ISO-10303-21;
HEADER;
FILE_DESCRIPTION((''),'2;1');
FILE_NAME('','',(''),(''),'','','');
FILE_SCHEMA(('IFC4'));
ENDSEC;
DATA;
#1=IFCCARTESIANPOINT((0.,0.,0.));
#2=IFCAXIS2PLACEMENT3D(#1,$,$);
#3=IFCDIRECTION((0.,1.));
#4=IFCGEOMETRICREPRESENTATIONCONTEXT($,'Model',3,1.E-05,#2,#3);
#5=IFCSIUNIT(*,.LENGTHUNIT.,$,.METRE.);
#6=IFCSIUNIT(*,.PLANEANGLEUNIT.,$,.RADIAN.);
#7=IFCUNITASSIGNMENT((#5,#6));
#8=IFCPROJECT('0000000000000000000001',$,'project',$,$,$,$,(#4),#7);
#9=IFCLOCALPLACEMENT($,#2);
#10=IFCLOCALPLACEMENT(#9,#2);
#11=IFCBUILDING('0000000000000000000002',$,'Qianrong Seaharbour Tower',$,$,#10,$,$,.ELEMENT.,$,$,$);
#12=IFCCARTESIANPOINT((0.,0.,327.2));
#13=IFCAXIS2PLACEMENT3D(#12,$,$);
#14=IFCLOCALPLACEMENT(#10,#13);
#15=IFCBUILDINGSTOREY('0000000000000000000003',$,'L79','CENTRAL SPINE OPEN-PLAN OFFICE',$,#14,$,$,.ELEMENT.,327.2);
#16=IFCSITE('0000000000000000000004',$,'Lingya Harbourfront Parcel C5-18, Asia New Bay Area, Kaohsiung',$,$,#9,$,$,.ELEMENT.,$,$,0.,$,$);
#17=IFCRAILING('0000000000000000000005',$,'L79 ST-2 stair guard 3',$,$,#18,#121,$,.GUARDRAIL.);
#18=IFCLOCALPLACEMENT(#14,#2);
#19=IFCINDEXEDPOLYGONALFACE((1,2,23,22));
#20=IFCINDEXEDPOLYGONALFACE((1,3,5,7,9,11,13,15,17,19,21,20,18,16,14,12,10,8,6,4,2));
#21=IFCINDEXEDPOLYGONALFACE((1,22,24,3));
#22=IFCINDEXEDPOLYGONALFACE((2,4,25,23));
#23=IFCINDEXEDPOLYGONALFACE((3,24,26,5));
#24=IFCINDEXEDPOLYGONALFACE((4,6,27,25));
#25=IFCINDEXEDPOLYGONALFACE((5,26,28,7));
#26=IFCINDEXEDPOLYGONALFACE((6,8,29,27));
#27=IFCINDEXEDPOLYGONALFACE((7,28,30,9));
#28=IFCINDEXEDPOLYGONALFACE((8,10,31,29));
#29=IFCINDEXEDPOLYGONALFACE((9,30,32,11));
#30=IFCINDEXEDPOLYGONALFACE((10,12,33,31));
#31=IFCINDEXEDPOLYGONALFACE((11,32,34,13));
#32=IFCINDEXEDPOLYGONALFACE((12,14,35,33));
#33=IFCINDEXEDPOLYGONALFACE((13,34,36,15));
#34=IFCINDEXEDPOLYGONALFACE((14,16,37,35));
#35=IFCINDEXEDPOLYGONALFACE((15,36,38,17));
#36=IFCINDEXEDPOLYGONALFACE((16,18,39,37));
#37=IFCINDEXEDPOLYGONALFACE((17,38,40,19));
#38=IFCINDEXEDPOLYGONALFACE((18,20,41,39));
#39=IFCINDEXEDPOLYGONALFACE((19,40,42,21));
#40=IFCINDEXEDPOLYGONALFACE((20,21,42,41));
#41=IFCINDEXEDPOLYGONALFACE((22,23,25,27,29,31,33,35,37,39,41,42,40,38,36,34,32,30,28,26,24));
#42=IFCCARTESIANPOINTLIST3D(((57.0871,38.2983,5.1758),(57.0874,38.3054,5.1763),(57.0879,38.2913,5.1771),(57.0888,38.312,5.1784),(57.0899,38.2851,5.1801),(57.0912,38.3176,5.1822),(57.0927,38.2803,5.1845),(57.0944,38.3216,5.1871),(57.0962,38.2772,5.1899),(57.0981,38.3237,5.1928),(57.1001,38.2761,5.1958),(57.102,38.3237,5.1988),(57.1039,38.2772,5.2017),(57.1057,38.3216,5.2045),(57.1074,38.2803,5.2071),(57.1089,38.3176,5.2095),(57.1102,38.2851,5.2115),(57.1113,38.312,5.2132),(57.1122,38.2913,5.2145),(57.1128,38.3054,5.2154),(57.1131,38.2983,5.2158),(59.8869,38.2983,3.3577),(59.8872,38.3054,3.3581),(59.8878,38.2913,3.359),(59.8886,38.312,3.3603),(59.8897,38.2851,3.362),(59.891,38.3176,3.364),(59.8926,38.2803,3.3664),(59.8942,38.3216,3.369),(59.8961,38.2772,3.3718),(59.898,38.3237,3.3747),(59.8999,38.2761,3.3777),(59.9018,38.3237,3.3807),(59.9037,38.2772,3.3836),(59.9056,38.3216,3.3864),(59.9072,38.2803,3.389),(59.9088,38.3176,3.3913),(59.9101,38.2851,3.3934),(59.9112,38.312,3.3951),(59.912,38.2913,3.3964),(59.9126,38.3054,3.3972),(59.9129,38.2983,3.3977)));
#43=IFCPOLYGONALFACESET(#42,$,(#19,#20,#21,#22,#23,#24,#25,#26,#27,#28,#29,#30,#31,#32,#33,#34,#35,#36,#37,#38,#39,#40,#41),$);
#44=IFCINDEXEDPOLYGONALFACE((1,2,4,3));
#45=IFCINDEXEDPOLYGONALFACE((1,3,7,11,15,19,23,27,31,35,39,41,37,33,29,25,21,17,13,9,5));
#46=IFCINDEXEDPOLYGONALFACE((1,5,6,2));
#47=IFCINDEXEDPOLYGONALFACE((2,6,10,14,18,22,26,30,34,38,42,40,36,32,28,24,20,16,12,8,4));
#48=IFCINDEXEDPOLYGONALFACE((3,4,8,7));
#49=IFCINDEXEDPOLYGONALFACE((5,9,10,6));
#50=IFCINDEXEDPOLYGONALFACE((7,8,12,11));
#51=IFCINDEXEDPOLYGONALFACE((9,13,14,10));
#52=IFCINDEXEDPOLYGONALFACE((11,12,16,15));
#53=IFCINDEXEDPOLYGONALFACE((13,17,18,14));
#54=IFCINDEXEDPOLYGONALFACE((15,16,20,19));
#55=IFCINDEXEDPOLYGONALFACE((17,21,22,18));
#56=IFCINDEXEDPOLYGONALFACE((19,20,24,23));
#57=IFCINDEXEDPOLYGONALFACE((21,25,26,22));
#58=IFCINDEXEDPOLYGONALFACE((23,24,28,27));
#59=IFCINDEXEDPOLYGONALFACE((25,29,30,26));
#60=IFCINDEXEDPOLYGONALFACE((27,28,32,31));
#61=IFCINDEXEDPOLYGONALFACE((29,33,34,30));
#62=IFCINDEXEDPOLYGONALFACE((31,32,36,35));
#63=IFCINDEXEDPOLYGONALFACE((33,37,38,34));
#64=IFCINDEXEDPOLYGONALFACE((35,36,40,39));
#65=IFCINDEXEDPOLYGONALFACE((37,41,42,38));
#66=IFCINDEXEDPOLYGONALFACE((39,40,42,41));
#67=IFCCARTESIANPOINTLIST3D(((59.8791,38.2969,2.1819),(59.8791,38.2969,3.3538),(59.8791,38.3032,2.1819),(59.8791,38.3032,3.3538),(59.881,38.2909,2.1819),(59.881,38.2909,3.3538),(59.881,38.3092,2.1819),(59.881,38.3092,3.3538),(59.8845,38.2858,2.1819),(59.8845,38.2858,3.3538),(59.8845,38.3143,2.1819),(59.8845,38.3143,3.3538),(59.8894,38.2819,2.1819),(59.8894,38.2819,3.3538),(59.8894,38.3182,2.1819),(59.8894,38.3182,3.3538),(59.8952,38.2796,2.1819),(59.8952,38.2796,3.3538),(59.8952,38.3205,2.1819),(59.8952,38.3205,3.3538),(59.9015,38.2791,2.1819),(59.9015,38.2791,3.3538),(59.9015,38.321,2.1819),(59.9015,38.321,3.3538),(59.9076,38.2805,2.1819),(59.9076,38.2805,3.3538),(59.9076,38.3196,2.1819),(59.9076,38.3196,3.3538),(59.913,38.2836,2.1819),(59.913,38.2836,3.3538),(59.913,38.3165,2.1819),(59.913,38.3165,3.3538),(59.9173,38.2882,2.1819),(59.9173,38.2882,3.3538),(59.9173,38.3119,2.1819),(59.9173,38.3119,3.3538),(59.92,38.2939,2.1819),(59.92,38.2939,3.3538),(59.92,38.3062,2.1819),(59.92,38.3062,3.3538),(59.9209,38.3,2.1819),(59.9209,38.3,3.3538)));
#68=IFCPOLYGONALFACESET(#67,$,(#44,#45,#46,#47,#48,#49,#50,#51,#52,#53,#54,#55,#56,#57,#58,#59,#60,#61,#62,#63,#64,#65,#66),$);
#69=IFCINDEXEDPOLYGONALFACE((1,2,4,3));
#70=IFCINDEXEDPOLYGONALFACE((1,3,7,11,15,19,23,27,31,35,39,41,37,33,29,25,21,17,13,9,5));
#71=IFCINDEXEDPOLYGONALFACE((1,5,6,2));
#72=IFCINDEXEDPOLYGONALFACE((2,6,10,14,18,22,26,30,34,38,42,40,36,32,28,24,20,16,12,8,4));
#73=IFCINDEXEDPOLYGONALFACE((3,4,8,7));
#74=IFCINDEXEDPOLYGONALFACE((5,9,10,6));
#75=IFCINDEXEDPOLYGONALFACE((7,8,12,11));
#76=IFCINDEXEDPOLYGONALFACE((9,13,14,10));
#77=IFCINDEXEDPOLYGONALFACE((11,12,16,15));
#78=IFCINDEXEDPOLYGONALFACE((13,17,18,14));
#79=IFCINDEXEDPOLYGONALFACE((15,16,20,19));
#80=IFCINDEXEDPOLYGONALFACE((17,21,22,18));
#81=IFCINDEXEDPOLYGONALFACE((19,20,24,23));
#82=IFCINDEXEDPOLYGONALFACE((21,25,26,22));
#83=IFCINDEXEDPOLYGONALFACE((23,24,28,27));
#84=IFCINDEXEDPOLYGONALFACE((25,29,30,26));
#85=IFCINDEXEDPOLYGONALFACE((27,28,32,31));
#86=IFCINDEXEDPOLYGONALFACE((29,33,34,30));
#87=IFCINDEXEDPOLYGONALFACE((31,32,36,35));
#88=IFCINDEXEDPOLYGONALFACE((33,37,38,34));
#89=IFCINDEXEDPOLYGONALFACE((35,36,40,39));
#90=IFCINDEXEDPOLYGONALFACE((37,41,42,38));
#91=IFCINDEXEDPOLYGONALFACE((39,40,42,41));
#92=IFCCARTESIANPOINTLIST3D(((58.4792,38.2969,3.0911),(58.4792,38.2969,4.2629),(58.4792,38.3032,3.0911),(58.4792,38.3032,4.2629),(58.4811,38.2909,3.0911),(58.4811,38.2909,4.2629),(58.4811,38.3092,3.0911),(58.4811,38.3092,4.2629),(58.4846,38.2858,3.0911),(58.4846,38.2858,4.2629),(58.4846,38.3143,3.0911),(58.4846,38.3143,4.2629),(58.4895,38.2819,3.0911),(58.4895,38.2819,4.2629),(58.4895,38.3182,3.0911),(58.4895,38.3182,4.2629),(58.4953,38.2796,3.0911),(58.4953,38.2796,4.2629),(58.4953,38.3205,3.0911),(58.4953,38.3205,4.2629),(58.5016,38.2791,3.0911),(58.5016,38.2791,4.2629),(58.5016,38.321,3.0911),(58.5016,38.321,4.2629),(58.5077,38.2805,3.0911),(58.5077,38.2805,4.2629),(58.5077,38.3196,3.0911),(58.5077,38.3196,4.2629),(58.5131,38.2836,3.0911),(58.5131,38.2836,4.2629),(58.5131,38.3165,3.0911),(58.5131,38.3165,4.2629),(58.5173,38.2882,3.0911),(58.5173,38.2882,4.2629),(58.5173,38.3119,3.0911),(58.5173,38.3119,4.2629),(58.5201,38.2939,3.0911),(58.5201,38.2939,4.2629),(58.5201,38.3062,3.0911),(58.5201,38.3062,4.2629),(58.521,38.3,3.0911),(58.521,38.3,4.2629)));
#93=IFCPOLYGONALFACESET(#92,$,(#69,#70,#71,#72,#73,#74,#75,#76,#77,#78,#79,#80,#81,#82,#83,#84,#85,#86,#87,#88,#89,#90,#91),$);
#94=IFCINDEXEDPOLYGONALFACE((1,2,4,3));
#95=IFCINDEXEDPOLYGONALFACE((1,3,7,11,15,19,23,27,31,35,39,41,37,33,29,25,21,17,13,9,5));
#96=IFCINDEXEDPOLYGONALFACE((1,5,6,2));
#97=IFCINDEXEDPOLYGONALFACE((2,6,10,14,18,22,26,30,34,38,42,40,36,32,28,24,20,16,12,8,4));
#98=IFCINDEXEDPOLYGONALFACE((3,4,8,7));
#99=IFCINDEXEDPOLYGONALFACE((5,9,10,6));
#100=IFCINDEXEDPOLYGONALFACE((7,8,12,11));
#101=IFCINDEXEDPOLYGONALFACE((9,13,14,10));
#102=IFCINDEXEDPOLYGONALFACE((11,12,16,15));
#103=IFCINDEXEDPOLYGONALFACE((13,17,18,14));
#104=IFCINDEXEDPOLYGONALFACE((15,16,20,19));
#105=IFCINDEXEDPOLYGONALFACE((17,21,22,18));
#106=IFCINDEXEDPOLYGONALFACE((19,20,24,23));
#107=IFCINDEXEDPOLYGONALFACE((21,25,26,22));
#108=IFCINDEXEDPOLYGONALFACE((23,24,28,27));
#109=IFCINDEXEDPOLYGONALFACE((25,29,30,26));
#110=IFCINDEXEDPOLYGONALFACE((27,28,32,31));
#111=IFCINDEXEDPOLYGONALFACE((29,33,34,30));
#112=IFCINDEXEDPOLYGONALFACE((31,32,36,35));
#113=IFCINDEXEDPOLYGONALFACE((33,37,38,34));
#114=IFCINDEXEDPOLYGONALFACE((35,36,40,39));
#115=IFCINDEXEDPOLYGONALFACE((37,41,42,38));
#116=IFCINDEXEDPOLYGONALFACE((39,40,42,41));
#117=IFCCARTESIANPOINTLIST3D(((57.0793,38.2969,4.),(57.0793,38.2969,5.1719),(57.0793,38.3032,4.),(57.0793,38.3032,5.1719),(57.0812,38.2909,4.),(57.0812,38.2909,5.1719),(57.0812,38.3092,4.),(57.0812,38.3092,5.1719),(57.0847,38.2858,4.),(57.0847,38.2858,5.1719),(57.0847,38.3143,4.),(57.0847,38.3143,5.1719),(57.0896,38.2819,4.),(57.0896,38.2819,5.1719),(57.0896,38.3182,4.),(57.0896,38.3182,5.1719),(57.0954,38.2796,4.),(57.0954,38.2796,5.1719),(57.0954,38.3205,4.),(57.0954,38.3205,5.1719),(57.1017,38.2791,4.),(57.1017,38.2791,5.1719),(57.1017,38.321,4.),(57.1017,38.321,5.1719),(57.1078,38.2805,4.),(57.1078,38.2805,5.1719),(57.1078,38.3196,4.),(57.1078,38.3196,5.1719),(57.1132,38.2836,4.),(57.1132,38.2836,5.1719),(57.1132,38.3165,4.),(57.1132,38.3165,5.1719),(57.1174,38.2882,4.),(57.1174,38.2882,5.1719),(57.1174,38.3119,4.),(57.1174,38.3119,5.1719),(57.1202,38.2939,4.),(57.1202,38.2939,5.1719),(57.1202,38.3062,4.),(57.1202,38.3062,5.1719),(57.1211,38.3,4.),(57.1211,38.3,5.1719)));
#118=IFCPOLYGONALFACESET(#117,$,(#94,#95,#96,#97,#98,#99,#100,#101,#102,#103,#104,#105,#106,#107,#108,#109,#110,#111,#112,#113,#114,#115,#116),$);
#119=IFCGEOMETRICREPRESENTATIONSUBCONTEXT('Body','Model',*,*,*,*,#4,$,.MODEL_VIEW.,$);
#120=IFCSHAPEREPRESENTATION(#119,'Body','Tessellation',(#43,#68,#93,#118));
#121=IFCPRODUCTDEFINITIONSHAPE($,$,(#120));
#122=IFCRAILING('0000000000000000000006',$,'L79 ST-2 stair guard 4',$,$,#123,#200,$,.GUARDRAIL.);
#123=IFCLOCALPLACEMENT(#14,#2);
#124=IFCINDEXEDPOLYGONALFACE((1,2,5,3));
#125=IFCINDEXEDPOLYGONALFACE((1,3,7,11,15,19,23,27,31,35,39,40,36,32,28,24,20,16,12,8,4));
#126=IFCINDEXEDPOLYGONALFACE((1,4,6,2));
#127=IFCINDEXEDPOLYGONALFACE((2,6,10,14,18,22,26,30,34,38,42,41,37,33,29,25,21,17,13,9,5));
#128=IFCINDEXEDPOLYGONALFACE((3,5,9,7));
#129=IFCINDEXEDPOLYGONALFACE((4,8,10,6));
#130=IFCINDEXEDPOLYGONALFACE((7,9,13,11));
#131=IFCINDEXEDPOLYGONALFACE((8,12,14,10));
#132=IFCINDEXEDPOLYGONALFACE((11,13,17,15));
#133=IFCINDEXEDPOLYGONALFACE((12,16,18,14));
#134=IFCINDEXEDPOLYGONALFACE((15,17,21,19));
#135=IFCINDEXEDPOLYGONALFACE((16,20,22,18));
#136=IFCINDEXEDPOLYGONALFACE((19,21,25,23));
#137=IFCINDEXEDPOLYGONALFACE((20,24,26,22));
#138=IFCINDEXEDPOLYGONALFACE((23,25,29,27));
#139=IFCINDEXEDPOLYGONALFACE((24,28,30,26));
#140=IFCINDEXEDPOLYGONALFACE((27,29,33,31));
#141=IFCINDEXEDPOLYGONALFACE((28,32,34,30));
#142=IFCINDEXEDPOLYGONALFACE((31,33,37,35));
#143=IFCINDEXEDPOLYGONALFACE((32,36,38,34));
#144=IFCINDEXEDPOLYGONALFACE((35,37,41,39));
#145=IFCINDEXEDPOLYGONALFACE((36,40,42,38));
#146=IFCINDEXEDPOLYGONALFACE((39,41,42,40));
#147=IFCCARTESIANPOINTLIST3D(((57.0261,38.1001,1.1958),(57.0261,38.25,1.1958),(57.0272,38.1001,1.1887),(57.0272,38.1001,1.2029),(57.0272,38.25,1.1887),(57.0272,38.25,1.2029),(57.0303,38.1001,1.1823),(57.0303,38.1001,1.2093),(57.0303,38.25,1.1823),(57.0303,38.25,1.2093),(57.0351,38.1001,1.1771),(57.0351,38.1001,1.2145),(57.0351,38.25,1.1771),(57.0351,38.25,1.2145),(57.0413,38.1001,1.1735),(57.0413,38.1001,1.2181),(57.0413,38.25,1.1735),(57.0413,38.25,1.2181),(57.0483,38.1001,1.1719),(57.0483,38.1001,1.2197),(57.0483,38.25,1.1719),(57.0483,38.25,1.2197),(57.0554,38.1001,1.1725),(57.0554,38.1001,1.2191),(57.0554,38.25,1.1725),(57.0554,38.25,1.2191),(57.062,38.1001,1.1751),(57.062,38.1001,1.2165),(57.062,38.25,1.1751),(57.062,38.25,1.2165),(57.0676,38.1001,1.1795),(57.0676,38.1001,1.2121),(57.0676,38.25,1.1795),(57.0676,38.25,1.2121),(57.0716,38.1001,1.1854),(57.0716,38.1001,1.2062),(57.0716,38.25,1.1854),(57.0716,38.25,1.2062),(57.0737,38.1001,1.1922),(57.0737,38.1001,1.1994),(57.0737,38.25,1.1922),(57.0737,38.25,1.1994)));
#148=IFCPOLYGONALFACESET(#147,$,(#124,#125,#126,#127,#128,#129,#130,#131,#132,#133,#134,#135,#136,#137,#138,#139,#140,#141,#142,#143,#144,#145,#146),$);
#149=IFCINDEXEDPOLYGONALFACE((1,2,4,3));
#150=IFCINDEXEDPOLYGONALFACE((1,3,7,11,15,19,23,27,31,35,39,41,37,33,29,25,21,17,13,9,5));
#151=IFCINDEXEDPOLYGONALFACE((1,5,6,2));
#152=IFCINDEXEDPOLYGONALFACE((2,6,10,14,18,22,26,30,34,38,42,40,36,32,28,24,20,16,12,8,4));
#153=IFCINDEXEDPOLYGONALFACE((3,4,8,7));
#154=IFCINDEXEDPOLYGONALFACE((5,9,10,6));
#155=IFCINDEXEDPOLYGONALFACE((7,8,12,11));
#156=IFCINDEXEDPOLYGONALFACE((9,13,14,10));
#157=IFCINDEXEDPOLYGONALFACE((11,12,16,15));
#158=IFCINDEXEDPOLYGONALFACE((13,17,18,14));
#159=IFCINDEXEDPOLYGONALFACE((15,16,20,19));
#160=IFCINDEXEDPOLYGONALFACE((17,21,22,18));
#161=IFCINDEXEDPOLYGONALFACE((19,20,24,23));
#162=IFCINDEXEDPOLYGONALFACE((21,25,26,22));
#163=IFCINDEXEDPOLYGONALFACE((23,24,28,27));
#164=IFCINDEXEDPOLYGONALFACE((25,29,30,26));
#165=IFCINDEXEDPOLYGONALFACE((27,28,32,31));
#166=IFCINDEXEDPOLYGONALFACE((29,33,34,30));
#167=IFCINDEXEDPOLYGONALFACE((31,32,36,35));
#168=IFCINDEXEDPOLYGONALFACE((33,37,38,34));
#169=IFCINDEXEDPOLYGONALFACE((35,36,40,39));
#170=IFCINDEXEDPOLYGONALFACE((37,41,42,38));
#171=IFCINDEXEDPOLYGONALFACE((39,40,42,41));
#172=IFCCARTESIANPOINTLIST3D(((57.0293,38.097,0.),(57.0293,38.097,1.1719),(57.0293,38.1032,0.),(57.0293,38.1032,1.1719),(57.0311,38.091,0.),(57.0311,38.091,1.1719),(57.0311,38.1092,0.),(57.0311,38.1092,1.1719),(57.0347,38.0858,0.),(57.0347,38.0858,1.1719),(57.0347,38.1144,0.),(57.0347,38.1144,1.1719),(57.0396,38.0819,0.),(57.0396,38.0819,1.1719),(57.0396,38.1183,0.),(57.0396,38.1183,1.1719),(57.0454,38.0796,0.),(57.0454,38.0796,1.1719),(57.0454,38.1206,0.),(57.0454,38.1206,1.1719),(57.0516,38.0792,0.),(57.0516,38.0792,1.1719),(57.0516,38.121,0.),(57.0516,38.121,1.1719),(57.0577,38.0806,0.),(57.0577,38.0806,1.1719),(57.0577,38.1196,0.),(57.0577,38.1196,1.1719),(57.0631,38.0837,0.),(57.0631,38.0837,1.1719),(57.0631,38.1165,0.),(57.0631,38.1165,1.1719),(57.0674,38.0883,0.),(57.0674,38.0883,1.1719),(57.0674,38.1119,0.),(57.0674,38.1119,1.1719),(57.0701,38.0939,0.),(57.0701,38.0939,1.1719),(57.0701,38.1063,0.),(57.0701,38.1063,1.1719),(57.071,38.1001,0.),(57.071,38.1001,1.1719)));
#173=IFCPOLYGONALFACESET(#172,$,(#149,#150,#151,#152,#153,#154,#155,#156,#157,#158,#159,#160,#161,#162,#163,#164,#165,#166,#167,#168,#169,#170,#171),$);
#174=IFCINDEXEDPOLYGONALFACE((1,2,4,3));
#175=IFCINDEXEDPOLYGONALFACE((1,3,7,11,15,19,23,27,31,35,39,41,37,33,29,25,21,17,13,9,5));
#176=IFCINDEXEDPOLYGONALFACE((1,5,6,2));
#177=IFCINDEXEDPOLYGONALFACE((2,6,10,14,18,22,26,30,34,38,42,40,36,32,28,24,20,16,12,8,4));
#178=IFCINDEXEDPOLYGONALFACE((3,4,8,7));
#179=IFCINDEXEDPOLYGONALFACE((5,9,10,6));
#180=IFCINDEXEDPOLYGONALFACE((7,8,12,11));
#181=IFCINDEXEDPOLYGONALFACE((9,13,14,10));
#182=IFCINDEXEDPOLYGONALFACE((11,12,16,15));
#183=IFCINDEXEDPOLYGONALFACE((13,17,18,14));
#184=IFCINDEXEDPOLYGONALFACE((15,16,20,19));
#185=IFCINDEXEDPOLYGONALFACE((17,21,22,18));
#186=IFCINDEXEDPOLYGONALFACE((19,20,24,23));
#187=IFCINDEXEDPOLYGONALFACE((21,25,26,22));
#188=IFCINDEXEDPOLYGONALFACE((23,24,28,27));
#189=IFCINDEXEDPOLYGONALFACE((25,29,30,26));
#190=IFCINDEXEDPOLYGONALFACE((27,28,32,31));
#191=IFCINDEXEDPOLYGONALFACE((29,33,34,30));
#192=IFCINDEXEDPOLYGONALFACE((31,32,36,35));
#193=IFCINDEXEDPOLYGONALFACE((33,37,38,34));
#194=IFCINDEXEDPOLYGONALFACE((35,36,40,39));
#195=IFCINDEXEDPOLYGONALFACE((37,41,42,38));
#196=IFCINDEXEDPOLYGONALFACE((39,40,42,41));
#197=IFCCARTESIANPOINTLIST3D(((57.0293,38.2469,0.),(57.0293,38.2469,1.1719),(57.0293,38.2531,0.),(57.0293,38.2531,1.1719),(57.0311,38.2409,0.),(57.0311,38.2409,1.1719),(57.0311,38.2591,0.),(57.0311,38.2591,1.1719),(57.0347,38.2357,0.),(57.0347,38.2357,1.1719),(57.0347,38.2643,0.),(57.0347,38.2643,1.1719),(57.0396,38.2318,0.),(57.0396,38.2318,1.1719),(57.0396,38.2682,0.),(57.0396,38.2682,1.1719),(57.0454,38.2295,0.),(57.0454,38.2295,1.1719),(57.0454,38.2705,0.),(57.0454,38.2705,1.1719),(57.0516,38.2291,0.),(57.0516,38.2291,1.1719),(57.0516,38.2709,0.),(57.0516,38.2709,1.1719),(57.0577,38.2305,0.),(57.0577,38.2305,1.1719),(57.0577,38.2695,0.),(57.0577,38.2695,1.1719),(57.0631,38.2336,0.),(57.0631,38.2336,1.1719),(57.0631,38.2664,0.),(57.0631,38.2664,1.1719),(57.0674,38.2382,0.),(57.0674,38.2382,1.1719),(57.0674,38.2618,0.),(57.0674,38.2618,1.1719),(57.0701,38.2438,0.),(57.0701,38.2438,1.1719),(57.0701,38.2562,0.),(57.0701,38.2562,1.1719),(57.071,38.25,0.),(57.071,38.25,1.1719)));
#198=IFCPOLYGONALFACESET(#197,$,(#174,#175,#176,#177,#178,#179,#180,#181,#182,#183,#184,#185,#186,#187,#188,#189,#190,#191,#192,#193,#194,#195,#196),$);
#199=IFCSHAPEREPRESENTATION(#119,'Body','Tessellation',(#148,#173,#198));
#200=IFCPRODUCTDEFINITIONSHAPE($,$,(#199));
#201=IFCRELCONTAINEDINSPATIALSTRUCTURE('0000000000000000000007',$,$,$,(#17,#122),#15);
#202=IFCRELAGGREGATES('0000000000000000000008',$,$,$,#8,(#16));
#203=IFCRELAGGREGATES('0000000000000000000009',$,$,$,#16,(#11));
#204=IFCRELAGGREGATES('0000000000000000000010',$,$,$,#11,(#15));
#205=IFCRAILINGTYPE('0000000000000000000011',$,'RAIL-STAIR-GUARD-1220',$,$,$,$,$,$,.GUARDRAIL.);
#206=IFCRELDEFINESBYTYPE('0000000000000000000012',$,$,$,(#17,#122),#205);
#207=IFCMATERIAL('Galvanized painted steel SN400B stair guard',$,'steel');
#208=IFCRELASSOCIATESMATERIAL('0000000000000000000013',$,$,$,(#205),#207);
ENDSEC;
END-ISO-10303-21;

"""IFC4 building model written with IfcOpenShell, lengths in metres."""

from ifc_helpers import new_model, si_unit, direction, frame, origin, origin_2d, place, context, subcontext, project, spatial, circle, extrude, material, type_object, element, save


model = new_model("IFC4")

# Units and contexts
model_context = context("Model", 3, precision=1e-05, world=origin(), true_north=direction((0.0, 1.0)))
body_context = subcontext(model_context, "Body", "Model", "MODEL_VIEW")
ifc_project = project(units=[si_unit("LENGTHUNIT", "METRE"), si_unit("PLANEANGLEUNIT", "RADIAN")], contexts=[model_context])

# Site, building, storey
site_placement = place(None, origin())
site = spatial("IfcSite", under=ifc_project, at=site_placement, Name="Lingya Harbourfront Parcel C5-18, Asia New Bay Area, Kaohsiung", CompositionType="ELEMENT", RefElevation=0.0)
building_placement = place(site_placement, origin())
building = spatial("IfcBuilding", under=site, at=building_placement, Name="Qianrong Seaharbour Tower", CompositionType="ELEMENT")
storey_placement = place(building_placement, frame((0.0, 0.0, 327.2)))
storey = spatial("IfcBuildingStorey", under=building, at=storey_placement, Name="L79", Description="CENTRAL SPINE OPEN-PLAN OFFICE", CompositionType="ELEMENT", Elevation=327.2)

# Railings
ifc_material_1 = material(Name="Galvanized painted steel SN400B stair guard", Category="steel")
railing_type_1 = type_object("IfcRailingType", Name="RAIL-STAIR-GUARD-1220", PredefinedType="GUARDRAIL", material=ifc_material_1)
railing_1_placement = place(storey_placement, frame((59.8999, 38.3, 2.1819)))
element("IfcRailing", 1, at=railing_1_placement, inside=storey, type_object=railing_type_1, Name="L79 ST-2 stair guard 3", PredefinedType="GUARDRAIL", context=body_context, shape_type="SweptSolid", body=[
    extrude(circle(Radius=0.0239, at=origin_2d()), frame((0.0, 0.0, 1.1958), z_axis=(-0.838684, 0.0, 0.544618), x_axis=(0.0, -1.0, 0.0)), (0.0, 0.0, 1.0), 3.3384),
    extrude(circle(Radius=0.021, at=origin_2d()), origin(), (0.0, 0.0, 1.0), 1.1719),
    extrude(circle(Radius=0.021, at=origin_2d()), frame((-1.3999, 0.0, 0.9092)), (0.0, 0.0, 1.0), 1.1719),
    extrude(circle(Radius=0.021, at=origin_2d()), frame((-2.7998, 0.0, 1.8181)), (0.0, 0.0, 1.0), 1.1719),
])
railing_2_placement = place(storey_placement, frame((57.05, 38.1001, 0.0)))
element("IfcRailing", 2, at=railing_2_placement, inside=storey, type_object=railing_type_1, Name="L79 ST-2 stair guard 4", PredefinedType="GUARDRAIL", context=body_context, shape_type="SweptSolid", body=[
    extrude(circle(Radius=0.0239, at=origin_2d()), frame((0.0, 0.0, 1.1958), z_axis=(0.0, 1.0, 0.0), x_axis=(-1.0, 0.0, 0.0)), (0.0, 0.0, 1.0), 0.1499),
    extrude(circle(Radius=0.021, at=origin_2d()), origin(), (0.0, 0.0, 1.0), 1.1719),
    extrude(circle(Radius=0.021, at=origin_2d()), frame((0.0, 0.1499, 0.0)), (0.0, 0.0, 1.0), 1.1719),
])

save(model, "model.ifc")
